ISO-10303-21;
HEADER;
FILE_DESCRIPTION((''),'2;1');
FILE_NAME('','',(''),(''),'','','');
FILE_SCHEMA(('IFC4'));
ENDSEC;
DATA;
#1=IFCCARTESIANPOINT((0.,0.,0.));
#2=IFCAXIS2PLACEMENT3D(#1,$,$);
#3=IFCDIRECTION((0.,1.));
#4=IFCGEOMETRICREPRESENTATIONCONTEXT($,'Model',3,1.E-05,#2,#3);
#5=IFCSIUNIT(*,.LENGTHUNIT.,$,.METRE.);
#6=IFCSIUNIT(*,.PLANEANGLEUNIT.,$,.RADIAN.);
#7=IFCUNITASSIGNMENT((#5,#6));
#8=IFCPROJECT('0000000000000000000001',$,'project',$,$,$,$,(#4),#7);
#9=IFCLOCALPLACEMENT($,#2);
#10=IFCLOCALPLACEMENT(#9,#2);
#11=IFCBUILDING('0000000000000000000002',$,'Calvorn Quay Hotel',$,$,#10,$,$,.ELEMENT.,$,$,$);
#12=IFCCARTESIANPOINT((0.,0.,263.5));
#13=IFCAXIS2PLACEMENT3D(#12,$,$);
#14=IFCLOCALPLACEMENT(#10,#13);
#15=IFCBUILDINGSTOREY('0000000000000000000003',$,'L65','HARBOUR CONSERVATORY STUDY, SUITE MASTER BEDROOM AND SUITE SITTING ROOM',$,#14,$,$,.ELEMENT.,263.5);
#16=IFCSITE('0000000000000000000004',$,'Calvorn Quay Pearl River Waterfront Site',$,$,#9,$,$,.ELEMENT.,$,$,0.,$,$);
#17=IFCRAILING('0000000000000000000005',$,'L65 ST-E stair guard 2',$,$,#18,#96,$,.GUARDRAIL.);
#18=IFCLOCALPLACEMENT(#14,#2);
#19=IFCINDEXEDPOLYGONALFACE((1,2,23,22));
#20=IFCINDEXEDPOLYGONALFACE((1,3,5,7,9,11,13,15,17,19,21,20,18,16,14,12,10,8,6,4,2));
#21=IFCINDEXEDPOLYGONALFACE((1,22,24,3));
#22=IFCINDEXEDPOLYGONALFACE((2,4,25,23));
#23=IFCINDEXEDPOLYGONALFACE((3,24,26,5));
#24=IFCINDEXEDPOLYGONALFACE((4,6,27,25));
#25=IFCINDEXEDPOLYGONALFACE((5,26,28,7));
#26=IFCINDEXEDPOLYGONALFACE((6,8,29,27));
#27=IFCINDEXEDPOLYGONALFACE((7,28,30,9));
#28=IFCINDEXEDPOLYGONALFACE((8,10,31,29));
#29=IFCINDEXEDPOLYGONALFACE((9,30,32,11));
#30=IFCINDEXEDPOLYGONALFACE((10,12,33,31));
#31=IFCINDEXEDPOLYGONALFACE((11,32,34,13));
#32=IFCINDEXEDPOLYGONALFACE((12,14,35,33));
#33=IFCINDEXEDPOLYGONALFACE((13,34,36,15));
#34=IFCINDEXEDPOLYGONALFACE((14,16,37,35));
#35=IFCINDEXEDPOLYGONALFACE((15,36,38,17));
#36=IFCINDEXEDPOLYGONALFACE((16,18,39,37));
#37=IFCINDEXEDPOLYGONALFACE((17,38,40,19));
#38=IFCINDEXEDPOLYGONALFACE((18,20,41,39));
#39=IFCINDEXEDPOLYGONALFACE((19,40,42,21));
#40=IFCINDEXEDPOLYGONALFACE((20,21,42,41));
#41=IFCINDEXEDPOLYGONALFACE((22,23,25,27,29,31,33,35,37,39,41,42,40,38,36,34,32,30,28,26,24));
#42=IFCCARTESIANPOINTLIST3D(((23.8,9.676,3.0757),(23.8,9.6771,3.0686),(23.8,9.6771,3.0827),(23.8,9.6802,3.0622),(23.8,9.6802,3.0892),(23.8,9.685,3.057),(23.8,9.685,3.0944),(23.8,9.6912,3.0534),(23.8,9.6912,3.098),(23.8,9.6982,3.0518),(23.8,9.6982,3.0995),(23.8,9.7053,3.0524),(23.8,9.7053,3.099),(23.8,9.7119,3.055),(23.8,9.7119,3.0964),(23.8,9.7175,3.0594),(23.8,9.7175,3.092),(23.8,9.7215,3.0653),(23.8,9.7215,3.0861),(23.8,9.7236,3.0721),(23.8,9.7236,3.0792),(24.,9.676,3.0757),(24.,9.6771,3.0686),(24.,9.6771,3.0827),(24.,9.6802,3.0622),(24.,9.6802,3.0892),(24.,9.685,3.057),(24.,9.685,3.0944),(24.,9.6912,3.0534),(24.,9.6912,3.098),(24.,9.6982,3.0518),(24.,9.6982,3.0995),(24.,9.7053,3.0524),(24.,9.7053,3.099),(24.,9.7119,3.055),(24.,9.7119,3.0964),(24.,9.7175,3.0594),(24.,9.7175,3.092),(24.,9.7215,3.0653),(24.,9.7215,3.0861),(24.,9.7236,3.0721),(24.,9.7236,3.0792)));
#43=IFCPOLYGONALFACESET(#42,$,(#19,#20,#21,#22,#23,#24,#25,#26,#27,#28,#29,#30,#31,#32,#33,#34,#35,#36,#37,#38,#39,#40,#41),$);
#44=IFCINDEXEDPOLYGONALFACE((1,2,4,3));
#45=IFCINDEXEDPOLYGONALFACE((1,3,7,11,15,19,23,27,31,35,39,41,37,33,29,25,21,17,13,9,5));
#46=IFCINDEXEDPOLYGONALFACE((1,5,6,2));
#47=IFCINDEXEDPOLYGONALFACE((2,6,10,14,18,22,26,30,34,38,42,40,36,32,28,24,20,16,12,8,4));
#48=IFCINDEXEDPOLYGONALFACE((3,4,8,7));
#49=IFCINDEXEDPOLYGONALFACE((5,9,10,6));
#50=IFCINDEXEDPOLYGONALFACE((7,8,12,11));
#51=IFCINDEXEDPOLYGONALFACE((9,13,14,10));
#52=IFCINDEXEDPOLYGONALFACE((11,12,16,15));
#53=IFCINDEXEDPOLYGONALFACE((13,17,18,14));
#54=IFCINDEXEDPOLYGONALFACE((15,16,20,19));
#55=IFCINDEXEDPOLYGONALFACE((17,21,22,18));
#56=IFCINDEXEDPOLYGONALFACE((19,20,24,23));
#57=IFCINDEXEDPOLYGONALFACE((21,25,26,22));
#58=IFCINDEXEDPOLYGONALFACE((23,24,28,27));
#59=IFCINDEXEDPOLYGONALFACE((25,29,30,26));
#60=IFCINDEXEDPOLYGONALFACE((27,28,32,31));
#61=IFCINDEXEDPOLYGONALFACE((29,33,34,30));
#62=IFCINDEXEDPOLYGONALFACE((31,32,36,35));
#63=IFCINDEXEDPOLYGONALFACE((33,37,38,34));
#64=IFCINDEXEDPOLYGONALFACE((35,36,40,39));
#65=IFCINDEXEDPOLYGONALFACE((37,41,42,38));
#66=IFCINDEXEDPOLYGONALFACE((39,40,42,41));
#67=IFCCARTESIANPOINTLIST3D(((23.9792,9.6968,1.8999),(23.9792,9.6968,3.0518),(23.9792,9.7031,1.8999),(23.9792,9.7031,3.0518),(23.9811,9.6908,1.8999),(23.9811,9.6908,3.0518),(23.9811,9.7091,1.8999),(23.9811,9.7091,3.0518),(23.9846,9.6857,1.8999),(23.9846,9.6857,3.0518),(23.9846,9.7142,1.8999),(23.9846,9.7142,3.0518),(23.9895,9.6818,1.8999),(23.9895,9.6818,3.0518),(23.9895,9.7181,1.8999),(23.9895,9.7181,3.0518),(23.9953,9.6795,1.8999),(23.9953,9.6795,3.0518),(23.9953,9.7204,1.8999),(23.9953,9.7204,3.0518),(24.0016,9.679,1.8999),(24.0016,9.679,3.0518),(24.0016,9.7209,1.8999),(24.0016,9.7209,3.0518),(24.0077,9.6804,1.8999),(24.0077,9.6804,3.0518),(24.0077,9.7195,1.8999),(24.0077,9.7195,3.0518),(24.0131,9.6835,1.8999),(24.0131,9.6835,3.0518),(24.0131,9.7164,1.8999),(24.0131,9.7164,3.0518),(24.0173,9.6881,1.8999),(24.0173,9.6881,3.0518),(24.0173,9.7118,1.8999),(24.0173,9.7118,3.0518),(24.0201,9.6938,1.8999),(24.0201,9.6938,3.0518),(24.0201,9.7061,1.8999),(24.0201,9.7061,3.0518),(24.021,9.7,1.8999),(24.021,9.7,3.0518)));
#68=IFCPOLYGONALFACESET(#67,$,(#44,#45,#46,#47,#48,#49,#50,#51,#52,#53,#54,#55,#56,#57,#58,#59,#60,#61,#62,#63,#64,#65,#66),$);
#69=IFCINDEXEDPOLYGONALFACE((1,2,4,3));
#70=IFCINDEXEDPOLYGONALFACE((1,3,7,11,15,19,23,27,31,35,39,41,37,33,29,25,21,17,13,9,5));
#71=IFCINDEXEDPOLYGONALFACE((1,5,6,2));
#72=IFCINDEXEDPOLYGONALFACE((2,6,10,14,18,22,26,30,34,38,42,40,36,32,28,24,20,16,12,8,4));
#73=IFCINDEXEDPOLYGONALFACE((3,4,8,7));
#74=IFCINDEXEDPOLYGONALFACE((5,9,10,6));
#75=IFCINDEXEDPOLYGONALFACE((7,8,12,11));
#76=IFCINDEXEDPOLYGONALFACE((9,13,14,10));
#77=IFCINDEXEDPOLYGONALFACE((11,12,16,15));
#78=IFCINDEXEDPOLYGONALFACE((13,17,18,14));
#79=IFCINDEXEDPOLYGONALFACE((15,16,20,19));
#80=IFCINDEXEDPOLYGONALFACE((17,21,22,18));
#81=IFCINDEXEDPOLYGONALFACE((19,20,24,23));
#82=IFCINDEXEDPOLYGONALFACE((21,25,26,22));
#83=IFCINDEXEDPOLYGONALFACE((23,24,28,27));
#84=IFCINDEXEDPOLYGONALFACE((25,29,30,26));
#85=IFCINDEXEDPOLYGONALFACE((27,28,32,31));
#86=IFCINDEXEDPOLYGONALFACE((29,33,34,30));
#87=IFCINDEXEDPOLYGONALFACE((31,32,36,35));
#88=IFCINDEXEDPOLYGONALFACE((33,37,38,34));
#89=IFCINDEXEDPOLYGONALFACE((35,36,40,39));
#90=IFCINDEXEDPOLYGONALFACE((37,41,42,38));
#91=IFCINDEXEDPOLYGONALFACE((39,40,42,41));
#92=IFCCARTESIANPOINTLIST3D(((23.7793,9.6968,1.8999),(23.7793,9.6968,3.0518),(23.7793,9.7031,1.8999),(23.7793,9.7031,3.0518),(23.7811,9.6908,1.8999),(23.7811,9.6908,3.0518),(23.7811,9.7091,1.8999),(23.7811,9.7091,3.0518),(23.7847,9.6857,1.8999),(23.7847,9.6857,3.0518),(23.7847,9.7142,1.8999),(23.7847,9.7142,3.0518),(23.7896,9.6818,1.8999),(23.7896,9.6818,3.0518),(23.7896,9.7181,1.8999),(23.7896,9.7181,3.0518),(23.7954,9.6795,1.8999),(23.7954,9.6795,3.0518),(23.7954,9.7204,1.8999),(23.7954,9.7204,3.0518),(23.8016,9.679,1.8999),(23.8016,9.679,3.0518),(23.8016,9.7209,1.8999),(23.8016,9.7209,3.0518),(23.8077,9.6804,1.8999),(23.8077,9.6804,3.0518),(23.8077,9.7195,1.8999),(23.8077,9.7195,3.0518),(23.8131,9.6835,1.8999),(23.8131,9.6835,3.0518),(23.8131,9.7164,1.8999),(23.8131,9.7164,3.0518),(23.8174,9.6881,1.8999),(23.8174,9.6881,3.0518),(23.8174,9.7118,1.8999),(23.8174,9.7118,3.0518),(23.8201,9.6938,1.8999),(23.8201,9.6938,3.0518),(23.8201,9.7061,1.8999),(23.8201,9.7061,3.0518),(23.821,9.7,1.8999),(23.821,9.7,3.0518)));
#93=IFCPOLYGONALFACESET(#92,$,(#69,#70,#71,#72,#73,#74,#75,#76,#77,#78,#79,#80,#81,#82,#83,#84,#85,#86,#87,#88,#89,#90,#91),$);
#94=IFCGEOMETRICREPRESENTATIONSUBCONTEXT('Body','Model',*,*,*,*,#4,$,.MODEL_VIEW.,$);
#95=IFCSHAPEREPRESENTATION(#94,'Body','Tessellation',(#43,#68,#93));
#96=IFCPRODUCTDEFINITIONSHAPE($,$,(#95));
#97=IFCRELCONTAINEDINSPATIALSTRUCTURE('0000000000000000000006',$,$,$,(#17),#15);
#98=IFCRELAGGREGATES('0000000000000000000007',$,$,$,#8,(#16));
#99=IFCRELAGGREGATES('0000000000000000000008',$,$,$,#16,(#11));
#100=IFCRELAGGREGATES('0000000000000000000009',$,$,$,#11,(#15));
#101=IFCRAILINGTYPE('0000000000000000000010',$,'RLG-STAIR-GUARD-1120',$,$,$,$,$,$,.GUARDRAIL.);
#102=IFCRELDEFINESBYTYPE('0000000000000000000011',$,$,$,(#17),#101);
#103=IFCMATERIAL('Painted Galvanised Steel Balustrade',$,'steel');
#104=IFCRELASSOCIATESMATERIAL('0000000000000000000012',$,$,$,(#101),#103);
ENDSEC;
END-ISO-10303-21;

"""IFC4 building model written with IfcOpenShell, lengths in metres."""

from ifc_helpers import new_model, si_unit, direction, frame, origin, origin_2d, place, context, subcontext, project, spatial, circle, extrude, material, type_object, element, save


model = new_model("IFC4")

# Units and contexts
model_context = context("Model", 3, precision=1e-05, world=origin(), true_north=direction((0.0, 1.0)))
body_context = subcontext(model_context, "Body", "Model", "MODEL_VIEW")
ifc_project = project(units=[si_unit("LENGTHUNIT", "METRE"), si_unit("PLANEANGLEUNIT", "RADIAN")], contexts=[model_context])

# Site, building, storey
site_placement = place(None, origin())
site = spatial("IfcSite", under=ifc_project, at=site_placement, Name="Calvorn Quay Pearl River Waterfront Site", CompositionType="ELEMENT", RefElevation=0.0)
building_placement = place(site_placement, origin())
building = spatial("IfcBuilding", under=site, at=building_placement, Name="Calvorn Quay Hotel", CompositionType="ELEMENT")
storey_placement = place(building_placement, frame((0.0, 0.0, 263.5)))
storey = spatial("IfcBuildingStorey", under=building, at=storey_placement, Name="L65", Description="HARBOUR CONSERVATORY STUDY, SUITE MASTER BEDROOM AND SUITE SITTING ROOM", CompositionType="ELEMENT", Elevation=263.5)

# Railing
ifc_material_1 = material(Name="Painted Galvanised Steel Balustrade", Category="steel")
railing_type_1 = type_object("IfcRailingType", Name="RLG-STAIR-GUARD-1120", PredefinedType="GUARDRAIL", material=ifc_material_1)
railing_1_placement = place(storey_placement, frame((24.0, 9.7, 1.8999)))
element("IfcRailing", 1, at=railing_1_placement, inside=storey, type_object=railing_type_1, Name="L65 ST-E stair guard 2", PredefinedType="GUARDRAIL", context=body_context, shape_type="SweptSolid", body=[
    extrude(circle(Radius=0.0239, at=origin_2d()), frame((0.0, 0.0, 1.1758), z_axis=(-1.0, 0.0, 0.0), x_axis=(0.0, -1.0, 0.0)), (0.0, 0.0, 1.0), 0.2),
    extrude(circle(Radius=0.021, at=origin_2d()), origin(), (0.0, 0.0, 1.0), 1.1519),
    extrude(circle(Radius=0.021, at=origin_2d()), frame((-0.2, 0.0, 0.0)), (0.0, 0.0, 1.0), 1.1519),
])

save(model, "model.ifc")
